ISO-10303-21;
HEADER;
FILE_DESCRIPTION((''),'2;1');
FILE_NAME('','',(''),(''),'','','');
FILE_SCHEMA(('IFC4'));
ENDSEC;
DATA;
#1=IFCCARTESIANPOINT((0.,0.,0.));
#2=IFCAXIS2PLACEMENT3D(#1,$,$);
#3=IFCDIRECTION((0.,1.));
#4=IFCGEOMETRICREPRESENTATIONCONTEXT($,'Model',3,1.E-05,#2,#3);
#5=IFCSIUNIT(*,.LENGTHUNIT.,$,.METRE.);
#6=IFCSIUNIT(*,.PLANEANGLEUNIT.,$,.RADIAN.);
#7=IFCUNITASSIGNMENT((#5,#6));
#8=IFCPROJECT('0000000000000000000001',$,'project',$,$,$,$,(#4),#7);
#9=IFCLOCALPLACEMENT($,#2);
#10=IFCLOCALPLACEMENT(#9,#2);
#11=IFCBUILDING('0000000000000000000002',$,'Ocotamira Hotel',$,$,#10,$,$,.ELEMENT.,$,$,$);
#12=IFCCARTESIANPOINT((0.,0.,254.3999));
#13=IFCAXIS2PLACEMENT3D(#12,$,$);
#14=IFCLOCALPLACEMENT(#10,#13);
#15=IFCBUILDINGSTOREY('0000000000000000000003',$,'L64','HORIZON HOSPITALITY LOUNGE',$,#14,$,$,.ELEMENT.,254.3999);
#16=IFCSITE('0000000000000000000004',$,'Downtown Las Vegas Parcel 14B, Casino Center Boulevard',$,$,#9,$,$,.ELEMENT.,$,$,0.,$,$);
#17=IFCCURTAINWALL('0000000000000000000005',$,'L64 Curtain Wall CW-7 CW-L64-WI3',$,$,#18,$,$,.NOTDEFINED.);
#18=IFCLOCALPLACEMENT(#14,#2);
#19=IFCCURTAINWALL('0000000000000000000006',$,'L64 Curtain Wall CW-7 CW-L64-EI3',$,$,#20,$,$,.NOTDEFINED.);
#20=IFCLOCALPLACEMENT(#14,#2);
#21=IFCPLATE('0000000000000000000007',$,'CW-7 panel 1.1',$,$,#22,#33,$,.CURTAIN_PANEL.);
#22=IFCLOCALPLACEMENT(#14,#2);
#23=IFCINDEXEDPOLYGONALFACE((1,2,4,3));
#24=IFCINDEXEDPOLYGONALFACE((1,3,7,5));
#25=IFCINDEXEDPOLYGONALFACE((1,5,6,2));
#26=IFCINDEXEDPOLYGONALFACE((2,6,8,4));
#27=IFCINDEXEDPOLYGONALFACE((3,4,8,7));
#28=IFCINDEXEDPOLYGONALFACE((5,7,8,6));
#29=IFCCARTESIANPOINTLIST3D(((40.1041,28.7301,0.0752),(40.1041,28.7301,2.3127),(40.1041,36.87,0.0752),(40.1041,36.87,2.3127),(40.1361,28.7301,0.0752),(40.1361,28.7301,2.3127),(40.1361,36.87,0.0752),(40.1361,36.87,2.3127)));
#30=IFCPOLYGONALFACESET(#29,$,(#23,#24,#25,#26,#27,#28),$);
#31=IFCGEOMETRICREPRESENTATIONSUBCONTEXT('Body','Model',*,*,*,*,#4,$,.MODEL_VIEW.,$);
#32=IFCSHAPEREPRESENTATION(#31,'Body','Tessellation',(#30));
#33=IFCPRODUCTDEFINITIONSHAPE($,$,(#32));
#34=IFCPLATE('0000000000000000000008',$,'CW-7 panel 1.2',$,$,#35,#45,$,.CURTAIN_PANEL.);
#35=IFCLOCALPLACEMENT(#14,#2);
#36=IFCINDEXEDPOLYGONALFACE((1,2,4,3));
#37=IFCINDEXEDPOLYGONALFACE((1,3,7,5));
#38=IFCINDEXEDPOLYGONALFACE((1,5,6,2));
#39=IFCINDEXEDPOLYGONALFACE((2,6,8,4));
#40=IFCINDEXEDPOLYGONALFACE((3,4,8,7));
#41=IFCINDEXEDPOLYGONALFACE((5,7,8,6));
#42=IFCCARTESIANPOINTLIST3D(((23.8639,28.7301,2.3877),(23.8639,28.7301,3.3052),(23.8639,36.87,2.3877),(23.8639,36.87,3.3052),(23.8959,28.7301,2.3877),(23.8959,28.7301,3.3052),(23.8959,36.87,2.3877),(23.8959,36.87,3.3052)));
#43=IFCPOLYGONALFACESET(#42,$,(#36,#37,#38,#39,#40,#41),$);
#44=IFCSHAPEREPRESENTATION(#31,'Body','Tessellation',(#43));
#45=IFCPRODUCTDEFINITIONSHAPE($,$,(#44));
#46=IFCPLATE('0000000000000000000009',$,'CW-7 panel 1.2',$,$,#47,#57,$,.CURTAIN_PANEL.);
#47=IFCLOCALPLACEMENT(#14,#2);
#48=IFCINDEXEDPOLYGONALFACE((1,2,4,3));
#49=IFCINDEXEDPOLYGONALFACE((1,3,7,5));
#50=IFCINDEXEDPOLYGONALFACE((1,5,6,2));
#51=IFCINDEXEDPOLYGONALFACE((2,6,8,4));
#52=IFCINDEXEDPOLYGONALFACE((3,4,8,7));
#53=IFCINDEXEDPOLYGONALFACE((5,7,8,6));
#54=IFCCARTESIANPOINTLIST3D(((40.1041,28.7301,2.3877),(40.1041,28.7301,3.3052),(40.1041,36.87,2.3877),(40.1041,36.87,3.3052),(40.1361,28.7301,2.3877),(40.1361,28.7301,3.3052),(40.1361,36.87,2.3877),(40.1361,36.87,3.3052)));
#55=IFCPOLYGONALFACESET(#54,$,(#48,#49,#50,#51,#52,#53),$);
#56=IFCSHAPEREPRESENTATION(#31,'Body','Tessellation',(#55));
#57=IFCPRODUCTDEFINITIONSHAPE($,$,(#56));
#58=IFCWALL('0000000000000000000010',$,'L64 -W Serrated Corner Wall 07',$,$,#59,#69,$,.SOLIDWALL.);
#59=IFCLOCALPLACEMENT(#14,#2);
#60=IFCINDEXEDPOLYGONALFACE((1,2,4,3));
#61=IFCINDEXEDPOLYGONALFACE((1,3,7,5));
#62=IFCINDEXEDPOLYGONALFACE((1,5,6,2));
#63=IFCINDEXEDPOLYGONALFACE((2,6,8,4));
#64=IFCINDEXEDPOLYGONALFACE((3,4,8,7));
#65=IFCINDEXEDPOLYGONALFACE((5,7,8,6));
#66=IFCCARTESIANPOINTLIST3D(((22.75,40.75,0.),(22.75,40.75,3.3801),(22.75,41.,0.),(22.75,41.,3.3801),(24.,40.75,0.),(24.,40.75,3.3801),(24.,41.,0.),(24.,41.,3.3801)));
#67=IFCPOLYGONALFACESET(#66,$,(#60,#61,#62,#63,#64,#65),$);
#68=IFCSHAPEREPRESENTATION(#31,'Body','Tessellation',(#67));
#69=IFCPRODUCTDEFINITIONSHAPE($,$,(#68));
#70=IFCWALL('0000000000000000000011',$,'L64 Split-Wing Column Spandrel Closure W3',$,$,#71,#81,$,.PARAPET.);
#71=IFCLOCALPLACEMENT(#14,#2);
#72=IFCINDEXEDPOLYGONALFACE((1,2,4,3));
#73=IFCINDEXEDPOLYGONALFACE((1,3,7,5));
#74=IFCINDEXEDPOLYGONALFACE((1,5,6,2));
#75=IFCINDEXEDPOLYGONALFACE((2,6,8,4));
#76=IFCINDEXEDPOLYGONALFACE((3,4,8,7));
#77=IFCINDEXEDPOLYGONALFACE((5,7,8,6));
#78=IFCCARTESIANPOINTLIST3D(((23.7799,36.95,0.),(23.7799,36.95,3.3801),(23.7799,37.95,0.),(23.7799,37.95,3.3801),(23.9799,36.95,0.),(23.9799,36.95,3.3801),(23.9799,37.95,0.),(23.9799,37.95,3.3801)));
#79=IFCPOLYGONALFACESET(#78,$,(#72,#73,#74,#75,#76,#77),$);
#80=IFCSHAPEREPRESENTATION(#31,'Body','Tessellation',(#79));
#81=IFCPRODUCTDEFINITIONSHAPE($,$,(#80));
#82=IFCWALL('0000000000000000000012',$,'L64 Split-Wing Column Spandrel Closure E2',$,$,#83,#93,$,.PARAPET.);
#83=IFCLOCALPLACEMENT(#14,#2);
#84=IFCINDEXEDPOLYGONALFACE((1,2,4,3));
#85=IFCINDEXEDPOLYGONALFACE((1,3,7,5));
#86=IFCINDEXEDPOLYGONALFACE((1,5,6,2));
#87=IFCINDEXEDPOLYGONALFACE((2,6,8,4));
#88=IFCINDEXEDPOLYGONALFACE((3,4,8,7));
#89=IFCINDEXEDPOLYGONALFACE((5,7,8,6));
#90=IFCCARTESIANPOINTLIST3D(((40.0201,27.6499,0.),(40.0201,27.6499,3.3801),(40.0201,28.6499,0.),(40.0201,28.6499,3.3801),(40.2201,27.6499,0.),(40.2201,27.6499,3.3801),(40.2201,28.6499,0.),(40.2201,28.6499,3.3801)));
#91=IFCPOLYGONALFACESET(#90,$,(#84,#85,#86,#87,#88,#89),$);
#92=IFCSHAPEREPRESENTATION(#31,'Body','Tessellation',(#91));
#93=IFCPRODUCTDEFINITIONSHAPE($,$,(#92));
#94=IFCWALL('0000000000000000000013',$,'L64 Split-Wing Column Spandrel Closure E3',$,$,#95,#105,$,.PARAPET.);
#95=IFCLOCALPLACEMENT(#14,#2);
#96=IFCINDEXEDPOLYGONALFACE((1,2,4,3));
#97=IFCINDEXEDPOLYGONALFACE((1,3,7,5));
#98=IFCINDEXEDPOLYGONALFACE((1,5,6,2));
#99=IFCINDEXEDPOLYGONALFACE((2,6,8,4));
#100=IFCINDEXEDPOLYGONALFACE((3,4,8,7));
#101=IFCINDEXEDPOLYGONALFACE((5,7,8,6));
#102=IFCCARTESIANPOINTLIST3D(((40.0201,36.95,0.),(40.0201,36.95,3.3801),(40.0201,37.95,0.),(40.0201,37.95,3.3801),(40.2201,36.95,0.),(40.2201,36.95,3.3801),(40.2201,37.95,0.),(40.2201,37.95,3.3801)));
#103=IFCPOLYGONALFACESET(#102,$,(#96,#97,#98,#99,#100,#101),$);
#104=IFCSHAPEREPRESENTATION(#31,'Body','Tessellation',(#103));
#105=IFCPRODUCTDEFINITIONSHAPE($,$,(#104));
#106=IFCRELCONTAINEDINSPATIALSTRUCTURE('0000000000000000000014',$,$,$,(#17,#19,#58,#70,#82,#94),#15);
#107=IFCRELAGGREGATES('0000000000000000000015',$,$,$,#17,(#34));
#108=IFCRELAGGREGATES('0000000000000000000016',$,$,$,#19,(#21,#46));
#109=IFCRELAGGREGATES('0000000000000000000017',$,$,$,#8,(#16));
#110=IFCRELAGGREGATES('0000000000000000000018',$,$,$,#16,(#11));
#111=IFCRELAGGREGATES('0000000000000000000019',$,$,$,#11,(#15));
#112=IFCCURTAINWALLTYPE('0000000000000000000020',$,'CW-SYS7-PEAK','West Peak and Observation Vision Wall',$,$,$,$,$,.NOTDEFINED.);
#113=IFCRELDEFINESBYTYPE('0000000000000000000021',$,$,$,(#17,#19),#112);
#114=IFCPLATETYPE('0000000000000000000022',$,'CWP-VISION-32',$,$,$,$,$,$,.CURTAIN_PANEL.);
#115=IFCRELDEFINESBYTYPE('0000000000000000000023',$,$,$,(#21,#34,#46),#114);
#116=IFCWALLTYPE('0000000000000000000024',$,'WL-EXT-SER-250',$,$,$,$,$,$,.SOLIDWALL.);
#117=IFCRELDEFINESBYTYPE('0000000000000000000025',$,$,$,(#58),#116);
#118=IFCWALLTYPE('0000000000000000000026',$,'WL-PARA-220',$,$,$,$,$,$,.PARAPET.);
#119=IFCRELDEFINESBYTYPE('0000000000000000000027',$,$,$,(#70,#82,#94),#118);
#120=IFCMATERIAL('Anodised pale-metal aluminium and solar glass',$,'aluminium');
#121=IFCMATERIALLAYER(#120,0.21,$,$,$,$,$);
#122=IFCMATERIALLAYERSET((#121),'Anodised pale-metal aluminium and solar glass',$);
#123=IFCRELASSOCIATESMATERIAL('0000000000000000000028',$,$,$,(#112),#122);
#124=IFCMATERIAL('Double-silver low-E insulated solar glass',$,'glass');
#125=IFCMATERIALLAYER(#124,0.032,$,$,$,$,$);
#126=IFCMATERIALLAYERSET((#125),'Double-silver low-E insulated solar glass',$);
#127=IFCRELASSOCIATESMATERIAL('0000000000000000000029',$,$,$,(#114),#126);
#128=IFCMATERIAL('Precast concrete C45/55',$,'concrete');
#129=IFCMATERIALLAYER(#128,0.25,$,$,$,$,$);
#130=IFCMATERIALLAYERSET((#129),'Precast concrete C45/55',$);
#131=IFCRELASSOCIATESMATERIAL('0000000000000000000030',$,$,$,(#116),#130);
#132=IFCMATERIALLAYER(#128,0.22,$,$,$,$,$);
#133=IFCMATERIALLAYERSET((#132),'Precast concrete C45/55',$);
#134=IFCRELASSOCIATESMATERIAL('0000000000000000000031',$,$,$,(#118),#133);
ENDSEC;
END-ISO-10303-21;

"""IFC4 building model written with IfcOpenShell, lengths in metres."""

from ifc_helpers import new_model, si_unit, direction, frame, frame_2d, origin, origin_2d, place, context, subcontext, project, spatial, rectangle, extrude, source, transform, mapped, material, layer, layer_set, type_object, element, aggregate, save


model = new_model("IFC4")

# Units and contexts
model_context = context("Model", 3, precision=1e-05, world=origin(), true_north=direction((0.0, 1.0)))
body_context = subcontext(model_context, "Body", "Model", "MODEL_VIEW")
ifc_project = project(units=[si_unit("LENGTHUNIT", "METRE"), si_unit("PLANEANGLEUNIT", "RADIAN")], contexts=[model_context])

# Site, building, storey
site_placement = place(None, origin())
site = spatial("IfcSite", under=ifc_project, at=site_placement, Name="Downtown Las Vegas Parcel 14B, Casino Center Boulevard", CompositionType="ELEMENT", RefElevation=0.0)
building_placement = place(site_placement, origin())
building = spatial("IfcBuilding", under=site, at=building_placement, Name="Ocotamira Hotel", CompositionType="ELEMENT")
storey_placement = place(building_placement, frame((0.0, 0.0, 254.3999)))
storey = spatial("IfcBuildingStorey", under=building, at=storey_placement, Name="L64", Description="HORIZON HOSPITALITY LOUNGE", CompositionType="ELEMENT", Elevation=254.3999)

# Curtain walls
ifc_material_1 = material(Name="Anodised pale-metal aluminium and solar glass", Category="aluminium")
ifc_layer_1 = layer(ifc_material_1, 0.21)
ifc_layer_set_1 = layer_set([ifc_layer_1], Name="Anodised pale-metal aluminium and solar glass")
curtain_wall_type = type_object("IfcCurtainWallType", Name="CW-SYS7-PEAK", Description="West Peak and Observation Vision Wall", PredefinedType="NOTDEFINED", material=ifc_layer_set_1)
curtain_wall_1_placement = place(storey_placement, origin())
curtain_wall_1 = element("IfcCurtainWall", 1, at=curtain_wall_1_placement, inside=storey, type_object=curtain_wall_type, Name="L64 Curtain Wall CW-7 CW-L64-WI3", PredefinedType="NOTDEFINED")
curtain_wall_2_placement = place(storey_placement, origin())
curtain_wall_2 = element("IfcCurtainWall", 2, at=curtain_wall_2_placement, inside=storey, type_object=curtain_wall_type, Name="L64 Curtain Wall CW-7 CW-L64-EI3", PredefinedType="NOTDEFINED")

# Plates
ifc_material_2 = material(Name="Double-silver low-E insulated solar glass", Category="glass")
ifc_layer_2 = layer(ifc_material_2, 0.032)
ifc_layer_set_2 = layer_set([ifc_layer_2], Name="Double-silver low-E insulated solar glass")
plate_type = type_object("IfcPlateType", Name="CWP-VISION-32", PredefinedType="CURTAIN_PANEL", material=ifc_layer_set_2)
shared_shape_1 = source(origin(), body_context, "Body", "SweptSolid", [
    extrude(rectangle(XDim=8.1399, YDim=0.032, at=origin_2d()), origin(), (0.0, 0.0, 1.0), 2.2375),
])
plate_1_placement = place(storey_placement, frame((40.1201, 32.8, 0.0752), z_axis=(0.0, 0.0, 1.0), x_axis=(0.0, 1.0, 0.0)))
plate_1 = element("IfcPlate", 3, at=plate_1_placement, type_object=plate_type, Name="CW-7 panel 1.1", PredefinedType="CURTAIN_PANEL", context=body_context, shape_type="MappedRepresentation", body=[
    mapped(shared_shape_1, transform((0.0, 0.0, 0.0), scale=1.0)),
])
shared_shape_2 = source(origin(), body_context, "Body", "SweptSolid", [
    extrude(rectangle(XDim=8.1399, YDim=0.032, at=origin_2d()), origin(), (0.0, 0.0, 1.0), 0.9175),
])
plate_2_placement = place(storey_placement, frame((23.8799, 32.8, 2.3877), z_axis=(0.0, 0.0, 1.0), x_axis=(0.0, 1.0, 0.0)))
plate_2 = element("IfcPlate", 4, at=plate_2_placement, type_object=plate_type, Name="CW-7 panel 1.2", PredefinedType="CURTAIN_PANEL", context=body_context, shape_type="MappedRepresentation", body=[
    mapped(shared_shape_2, transform((0.0, 0.0, 0.0), scale=1.0)),
])
aggregate(curtain_wall_1, [plate_2])
plate_3_placement = place(storey_placement, frame((40.1201, 32.8, 2.3877), z_axis=(0.0, 0.0, 1.0), x_axis=(0.0, 1.0, 0.0)))
plate_3 = element("IfcPlate", 5, at=plate_3_placement, type_object=plate_type, Name="CW-7 panel 1.2", PredefinedType="CURTAIN_PANEL", context=body_context, shape_type="MappedRepresentation", body=[
    mapped(shared_shape_2, transform((0.0, 0.0, 0.0), scale=1.0)),
])
aggregate(curtain_wall_2, [plate_1, plate_3])

# Walls
ifc_material_3 = material(Name="Precast concrete C45/55", Category="concrete")
ifc_layer_3 = layer(ifc_material_3, 0.25)
ifc_layer_set_3 = layer_set([ifc_layer_3], Name="Precast concrete C45/55")
wall_type_1 = type_object("IfcWallType", Name="WL-EXT-SER-250", PredefinedType="SOLIDWALL", material=ifc_layer_set_3)
wall_placement = place(storey_placement, frame((24.0, 40.875, 0.0), z_axis=(0.0, 0.0, 1.0), x_axis=(-1.0, 0.0, 0.0)))
element("IfcWall", 6, at=wall_placement, inside=storey, type_object=wall_type_1, Name="L64 -W Serrated Corner Wall 07", PredefinedType="SOLIDWALL", context=body_context, shape_type="SweptSolid", body=[
    extrude(rectangle(XDim=1.25, YDim=0.25, at=frame_2d((0.625, 0.0))), origin(), (0.0, 0.0, 1.0), 3.3801),
])
ifc_layer_4 = layer(ifc_material_3, 0.22)
ifc_layer_set_4 = layer_set([ifc_layer_4], Name="Precast concrete C45/55")
wall_type_2 = type_object("IfcWallType", Name="WL-PARA-220", PredefinedType="PARAPET", material=ifc_layer_set_4)
for number, where, z_axis, x_axis, name in (
    (7, (23.8799, 36.95, 0.0), (0.0, 0.0, 1.0), (0.0, 1.0, 0.0), "L64 Split-Wing Column Spandrel Closure W3"),
    (8, (40.1201, 27.6499, 0.0), (0.0, 0.0, 1.0), (0.0, 1.0, 0.0), "L64 Split-Wing Column Spandrel Closure E2"),
    (9, (40.1201, 36.95, 0.0), (0.0, 0.0, 1.0), (0.0, 1.0, 0.0), "L64 Split-Wing Column Spandrel Closure E3"),
):
    element("IfcWall", number, at=place(storey_placement, frame(where, z_axis=z_axis, x_axis=x_axis)), inside=storey, type_object=wall_type_2, Name=name, PredefinedType="PARAPET", context=body_context, shape_type="SweptSolid", body=[
        extrude(rectangle(XDim=1.0, YDim=0.2, at=frame_2d((0.5, 0.0))), origin(), (0.0, 0.0, 1.0), 3.3801),
    ])

save(model, "model.ifc")
